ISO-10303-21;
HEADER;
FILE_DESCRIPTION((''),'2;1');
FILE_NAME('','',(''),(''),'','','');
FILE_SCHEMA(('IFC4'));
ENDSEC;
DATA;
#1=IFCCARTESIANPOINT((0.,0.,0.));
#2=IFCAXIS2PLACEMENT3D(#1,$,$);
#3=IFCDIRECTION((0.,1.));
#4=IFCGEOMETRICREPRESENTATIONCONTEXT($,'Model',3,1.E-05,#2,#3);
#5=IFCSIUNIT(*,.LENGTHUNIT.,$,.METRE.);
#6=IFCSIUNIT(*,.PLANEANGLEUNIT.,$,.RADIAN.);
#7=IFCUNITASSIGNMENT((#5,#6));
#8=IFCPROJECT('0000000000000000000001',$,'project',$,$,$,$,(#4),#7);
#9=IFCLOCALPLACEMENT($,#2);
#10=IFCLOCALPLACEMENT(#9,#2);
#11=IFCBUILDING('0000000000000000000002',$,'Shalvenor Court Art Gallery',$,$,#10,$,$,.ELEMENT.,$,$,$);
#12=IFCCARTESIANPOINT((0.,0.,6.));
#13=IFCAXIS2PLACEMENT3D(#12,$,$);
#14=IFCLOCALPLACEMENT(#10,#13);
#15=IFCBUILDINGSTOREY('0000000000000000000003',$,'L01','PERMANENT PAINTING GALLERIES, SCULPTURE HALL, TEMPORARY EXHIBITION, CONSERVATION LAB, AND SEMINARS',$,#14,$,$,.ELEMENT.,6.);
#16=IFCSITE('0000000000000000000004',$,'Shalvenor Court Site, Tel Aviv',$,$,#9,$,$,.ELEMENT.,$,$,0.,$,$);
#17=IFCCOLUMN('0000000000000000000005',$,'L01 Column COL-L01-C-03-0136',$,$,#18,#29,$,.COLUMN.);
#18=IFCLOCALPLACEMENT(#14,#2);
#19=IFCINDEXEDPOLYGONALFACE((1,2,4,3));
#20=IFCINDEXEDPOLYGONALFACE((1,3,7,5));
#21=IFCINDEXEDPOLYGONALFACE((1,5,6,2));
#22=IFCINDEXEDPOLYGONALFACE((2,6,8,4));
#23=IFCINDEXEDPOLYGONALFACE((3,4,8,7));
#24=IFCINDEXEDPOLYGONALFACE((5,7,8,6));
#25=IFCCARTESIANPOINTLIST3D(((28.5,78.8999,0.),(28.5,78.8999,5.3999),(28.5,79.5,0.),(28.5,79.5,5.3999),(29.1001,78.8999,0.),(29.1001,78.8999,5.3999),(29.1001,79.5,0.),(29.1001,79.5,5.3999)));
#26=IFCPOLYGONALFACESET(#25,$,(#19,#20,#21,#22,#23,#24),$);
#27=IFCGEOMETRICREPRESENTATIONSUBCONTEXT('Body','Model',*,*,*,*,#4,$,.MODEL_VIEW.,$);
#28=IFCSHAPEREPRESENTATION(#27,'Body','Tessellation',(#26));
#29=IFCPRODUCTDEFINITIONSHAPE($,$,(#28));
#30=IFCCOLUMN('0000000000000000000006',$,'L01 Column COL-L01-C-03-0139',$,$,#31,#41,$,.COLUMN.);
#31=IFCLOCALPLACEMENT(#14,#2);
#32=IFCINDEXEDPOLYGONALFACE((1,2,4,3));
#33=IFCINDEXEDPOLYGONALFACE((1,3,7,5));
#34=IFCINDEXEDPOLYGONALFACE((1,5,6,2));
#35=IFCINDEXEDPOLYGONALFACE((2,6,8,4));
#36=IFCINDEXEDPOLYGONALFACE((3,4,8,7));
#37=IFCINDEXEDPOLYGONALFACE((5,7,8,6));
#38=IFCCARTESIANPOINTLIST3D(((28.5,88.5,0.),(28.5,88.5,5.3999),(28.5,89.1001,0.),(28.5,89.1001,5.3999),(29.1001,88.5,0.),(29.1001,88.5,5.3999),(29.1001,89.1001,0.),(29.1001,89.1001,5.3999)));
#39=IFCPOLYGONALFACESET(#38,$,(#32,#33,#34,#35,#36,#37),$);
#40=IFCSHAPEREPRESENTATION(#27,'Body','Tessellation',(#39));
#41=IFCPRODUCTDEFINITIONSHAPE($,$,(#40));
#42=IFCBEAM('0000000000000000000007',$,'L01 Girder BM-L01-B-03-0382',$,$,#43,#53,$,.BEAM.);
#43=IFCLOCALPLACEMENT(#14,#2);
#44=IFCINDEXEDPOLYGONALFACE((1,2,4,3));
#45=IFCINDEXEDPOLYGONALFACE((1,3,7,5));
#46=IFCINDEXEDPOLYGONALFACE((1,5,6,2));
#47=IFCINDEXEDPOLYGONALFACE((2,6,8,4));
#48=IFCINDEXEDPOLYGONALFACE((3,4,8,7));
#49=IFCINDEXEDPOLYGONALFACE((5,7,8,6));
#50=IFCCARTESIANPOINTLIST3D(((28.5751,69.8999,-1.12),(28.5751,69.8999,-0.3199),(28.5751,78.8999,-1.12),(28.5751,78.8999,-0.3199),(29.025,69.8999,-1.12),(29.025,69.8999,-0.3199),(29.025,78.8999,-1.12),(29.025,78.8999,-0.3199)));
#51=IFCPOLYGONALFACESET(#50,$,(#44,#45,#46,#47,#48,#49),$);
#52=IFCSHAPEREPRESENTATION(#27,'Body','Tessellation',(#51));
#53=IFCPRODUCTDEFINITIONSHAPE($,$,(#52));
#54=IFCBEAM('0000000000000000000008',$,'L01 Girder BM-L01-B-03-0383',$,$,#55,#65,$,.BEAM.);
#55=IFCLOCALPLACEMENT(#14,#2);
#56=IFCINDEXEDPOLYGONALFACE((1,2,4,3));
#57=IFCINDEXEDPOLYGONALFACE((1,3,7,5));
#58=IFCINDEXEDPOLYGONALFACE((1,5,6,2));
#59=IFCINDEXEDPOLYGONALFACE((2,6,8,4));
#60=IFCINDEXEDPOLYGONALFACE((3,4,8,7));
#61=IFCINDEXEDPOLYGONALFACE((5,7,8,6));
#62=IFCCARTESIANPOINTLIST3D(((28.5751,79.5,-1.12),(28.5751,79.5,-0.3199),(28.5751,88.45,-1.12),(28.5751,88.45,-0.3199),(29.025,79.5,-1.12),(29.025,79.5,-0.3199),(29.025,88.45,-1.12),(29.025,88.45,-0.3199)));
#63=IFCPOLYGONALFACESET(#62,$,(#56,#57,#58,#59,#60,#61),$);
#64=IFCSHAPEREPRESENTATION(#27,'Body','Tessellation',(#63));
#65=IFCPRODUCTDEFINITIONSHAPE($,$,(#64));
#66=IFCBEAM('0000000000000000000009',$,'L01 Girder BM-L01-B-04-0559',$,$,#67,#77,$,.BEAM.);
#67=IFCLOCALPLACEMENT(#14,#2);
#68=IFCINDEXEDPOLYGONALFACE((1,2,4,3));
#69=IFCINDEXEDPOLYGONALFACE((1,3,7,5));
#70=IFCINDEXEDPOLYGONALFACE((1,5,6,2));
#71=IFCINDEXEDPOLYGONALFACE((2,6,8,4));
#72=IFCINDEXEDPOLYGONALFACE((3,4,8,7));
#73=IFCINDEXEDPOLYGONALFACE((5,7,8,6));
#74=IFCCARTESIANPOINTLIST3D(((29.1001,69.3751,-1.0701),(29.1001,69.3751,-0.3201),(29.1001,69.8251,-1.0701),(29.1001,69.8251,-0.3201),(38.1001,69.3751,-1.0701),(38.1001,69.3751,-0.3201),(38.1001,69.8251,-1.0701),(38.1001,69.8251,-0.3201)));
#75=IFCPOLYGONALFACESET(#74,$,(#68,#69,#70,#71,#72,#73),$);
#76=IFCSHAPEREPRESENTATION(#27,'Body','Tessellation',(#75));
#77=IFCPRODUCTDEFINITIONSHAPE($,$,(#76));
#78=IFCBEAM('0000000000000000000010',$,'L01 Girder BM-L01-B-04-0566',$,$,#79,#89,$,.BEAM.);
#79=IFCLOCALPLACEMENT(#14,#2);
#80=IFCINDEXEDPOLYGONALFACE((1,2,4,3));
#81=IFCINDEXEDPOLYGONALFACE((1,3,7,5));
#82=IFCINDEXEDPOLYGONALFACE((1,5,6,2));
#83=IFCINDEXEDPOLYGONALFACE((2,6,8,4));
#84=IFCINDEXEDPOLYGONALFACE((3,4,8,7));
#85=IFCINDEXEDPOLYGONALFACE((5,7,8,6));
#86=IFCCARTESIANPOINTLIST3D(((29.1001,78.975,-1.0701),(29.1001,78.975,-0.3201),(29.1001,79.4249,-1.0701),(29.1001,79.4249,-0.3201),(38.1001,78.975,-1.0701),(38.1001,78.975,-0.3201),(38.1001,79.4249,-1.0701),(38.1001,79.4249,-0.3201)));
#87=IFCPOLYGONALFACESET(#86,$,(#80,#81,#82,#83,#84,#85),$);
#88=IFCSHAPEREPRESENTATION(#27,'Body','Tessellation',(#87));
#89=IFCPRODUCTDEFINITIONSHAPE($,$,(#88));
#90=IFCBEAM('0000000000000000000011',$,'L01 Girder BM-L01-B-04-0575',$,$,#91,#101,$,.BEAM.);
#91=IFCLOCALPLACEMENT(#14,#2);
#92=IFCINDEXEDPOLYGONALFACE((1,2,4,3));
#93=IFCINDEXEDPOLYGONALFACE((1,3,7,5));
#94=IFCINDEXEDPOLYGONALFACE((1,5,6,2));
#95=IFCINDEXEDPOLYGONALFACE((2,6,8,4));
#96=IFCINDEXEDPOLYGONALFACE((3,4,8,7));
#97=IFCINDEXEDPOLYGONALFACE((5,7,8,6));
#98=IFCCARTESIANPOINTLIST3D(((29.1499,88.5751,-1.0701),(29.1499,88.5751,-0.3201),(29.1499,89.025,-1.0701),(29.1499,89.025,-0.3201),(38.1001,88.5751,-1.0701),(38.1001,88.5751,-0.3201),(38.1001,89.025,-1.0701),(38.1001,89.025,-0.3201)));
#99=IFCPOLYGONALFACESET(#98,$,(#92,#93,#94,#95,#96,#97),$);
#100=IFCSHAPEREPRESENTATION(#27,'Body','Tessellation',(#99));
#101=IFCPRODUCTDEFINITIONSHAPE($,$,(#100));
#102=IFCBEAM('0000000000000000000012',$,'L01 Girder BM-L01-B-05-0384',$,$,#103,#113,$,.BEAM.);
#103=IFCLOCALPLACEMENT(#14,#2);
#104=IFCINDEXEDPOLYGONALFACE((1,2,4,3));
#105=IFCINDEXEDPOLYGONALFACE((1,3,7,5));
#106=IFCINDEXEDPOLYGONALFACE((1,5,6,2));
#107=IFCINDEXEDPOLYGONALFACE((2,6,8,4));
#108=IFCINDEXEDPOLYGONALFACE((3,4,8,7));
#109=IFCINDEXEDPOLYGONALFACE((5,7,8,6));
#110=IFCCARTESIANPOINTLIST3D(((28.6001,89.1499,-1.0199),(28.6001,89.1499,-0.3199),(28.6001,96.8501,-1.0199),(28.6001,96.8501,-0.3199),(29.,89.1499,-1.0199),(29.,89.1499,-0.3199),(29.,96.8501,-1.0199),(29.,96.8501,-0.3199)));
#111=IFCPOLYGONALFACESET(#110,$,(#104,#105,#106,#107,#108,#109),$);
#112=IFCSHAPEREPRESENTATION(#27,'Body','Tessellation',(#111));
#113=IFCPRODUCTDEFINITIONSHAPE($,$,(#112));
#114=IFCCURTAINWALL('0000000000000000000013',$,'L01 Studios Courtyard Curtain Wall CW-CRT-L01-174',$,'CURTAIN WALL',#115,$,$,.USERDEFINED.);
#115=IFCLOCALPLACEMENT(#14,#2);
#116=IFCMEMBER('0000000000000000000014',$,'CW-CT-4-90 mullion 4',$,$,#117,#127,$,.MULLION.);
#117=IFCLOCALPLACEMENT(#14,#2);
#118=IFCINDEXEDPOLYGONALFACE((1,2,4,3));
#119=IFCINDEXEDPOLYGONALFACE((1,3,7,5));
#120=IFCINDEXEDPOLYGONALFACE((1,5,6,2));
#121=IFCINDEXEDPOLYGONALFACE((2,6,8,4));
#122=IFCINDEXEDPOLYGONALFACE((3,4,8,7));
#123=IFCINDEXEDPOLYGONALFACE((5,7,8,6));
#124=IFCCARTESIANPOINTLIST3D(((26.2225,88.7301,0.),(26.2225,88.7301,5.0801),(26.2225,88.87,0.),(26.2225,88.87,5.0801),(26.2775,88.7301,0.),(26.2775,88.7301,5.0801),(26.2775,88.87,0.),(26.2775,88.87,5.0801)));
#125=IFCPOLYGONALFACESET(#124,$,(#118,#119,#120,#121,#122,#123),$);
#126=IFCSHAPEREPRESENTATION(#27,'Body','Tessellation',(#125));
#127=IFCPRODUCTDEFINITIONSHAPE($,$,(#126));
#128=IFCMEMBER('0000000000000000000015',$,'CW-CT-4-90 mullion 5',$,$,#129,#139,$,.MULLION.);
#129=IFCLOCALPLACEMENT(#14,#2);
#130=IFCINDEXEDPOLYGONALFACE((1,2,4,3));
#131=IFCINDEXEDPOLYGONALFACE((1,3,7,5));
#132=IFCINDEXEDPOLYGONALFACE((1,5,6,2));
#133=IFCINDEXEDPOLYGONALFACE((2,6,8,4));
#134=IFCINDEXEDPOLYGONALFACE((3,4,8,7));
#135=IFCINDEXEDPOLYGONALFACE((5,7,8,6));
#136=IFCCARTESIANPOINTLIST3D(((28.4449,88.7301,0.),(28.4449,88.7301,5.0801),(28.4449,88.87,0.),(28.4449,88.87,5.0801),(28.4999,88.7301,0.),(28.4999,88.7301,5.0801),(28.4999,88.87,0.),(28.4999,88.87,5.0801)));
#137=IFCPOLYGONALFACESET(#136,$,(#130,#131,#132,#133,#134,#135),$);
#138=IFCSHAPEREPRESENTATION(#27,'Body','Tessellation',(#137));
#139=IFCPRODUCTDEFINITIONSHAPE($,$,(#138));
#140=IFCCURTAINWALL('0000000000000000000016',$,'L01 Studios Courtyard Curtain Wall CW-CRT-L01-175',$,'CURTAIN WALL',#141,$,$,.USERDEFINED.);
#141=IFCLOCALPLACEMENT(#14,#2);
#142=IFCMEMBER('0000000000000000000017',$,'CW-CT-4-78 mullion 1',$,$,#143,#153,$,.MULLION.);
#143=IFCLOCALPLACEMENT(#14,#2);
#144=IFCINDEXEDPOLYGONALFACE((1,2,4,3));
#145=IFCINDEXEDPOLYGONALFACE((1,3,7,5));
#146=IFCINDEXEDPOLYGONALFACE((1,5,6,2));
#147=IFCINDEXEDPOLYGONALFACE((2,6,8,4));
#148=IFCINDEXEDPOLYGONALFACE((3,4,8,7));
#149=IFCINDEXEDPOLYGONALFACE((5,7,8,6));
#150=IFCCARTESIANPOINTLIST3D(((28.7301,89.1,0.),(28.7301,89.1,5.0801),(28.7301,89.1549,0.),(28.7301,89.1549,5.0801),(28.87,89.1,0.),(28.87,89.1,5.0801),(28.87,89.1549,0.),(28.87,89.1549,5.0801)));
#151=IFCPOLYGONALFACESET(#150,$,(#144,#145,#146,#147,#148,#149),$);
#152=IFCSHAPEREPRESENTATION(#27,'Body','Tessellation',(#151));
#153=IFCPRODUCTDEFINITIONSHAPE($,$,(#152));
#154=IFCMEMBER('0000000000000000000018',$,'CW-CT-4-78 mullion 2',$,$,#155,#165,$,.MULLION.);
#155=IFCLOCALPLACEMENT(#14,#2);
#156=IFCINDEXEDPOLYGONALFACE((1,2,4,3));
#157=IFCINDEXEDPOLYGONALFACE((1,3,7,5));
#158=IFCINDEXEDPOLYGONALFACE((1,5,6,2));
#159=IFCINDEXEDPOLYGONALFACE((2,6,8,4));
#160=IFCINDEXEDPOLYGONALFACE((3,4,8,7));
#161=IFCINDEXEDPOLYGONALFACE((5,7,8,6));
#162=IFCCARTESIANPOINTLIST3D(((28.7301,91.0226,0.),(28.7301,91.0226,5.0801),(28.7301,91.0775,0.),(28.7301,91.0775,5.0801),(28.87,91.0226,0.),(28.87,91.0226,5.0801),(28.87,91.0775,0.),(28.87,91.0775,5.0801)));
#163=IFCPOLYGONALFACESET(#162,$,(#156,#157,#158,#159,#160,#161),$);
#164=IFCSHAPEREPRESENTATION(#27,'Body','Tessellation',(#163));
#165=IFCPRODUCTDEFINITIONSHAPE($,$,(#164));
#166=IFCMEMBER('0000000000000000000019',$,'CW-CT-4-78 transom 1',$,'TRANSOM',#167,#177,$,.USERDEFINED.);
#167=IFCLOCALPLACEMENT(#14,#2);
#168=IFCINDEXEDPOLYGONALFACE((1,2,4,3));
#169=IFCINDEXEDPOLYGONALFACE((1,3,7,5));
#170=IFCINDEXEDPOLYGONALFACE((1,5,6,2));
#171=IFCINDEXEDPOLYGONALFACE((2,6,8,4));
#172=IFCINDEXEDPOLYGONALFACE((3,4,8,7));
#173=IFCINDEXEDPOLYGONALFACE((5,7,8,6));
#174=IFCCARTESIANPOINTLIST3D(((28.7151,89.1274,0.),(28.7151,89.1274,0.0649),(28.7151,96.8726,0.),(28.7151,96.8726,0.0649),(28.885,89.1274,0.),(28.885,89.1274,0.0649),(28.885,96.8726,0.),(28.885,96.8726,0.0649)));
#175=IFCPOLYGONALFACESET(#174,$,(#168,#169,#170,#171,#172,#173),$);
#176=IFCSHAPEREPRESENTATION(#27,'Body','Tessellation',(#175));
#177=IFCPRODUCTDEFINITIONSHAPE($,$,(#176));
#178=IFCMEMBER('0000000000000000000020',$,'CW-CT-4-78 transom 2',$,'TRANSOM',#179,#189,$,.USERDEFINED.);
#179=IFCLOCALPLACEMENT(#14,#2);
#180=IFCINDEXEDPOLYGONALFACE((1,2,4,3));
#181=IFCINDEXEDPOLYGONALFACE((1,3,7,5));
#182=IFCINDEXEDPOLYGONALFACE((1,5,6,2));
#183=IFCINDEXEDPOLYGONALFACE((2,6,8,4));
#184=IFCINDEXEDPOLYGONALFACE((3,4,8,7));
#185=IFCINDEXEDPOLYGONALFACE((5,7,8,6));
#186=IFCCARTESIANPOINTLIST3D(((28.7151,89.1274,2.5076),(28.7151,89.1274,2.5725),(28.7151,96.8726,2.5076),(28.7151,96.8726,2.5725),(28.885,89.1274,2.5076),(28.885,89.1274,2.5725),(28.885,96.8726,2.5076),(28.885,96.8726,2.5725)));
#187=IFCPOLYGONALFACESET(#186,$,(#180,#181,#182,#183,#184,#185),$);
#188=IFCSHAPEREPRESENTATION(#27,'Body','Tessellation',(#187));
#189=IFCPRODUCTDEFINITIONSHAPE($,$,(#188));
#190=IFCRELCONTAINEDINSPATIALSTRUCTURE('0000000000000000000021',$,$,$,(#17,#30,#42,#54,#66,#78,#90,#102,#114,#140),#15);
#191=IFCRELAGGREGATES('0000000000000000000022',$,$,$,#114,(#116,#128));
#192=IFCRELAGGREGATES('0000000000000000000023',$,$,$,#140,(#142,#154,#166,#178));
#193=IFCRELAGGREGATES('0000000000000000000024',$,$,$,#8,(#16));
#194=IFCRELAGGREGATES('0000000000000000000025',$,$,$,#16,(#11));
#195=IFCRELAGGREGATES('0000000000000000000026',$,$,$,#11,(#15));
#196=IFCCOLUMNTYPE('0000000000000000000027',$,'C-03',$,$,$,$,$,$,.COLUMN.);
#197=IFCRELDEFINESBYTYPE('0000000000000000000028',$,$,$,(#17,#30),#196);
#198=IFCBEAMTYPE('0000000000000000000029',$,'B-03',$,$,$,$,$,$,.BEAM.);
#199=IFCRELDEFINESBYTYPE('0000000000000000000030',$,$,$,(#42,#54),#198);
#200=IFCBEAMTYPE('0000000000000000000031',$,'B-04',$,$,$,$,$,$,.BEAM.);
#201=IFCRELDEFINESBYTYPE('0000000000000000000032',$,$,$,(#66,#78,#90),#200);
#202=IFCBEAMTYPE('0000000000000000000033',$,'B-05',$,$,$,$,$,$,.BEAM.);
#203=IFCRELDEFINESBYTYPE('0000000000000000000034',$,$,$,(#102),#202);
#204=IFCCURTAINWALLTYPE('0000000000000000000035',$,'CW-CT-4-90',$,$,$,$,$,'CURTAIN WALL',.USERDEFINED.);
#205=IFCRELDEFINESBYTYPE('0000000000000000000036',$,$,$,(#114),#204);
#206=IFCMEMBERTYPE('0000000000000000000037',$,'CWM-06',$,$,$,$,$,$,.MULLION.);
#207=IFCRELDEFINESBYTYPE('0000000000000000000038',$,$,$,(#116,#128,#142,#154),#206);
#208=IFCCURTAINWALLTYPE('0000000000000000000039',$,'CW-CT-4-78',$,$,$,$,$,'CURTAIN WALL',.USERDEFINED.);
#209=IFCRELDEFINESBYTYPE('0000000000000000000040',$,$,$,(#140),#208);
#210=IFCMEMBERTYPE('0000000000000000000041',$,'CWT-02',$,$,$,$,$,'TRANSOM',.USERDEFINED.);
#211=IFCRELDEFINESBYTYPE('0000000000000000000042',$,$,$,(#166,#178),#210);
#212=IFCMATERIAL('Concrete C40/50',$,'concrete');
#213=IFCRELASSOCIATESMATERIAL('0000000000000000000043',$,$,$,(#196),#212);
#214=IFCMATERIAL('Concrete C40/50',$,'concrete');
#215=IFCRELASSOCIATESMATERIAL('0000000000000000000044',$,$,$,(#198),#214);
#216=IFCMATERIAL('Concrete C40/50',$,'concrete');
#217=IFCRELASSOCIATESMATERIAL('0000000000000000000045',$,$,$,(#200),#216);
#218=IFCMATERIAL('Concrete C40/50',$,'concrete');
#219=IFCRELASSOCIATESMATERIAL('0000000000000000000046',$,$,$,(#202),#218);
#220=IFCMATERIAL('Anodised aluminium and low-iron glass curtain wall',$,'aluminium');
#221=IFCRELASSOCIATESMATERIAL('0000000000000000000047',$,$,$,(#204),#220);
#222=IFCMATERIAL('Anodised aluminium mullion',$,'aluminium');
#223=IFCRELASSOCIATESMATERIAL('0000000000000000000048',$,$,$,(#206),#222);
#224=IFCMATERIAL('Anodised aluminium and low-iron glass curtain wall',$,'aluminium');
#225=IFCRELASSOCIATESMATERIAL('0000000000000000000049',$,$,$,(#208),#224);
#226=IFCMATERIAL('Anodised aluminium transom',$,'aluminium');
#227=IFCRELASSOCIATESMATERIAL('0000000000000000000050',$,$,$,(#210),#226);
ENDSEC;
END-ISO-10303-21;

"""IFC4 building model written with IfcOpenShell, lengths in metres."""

from ifc_helpers import new_model, si_unit, direction, frame, origin, origin_2d, place, context, subcontext, project, spatial, rectangle, extrude, material, material_profile, profile_set, type_object, element, aggregate, save


model = new_model("IFC4")

# Units and contexts
model_context = context("Model", 3, precision=1e-05, world=origin(), true_north=direction((0.0, 1.0)))
body_context = subcontext(model_context, "Body", "Model", "MODEL_VIEW")
ifc_project = project(units=[si_unit("LENGTHUNIT", "METRE"), si_unit("PLANEANGLEUNIT", "RADIAN")], contexts=[model_context])

# Site, building, storey
site_placement = place(None, origin())
site = spatial("IfcSite", under=ifc_project, at=site_placement, Name="Shalvenor Court Site, Tel Aviv", CompositionType="ELEMENT", RefElevation=0.0)
building_placement = place(site_placement, origin())
building = spatial("IfcBuilding", under=site, at=building_placement, Name="Shalvenor Court Art Gallery", CompositionType="ELEMENT")
storey_placement = place(building_placement, frame((0.0, 0.0, 6.0)))
storey = spatial("IfcBuildingStorey", under=building, at=storey_placement, Name="L01", Description="PERMANENT PAINTING GALLERIES, SCULPTURE HALL, TEMPORARY EXHIBITION, CONSERVATION LAB, AND SEMINARS", CompositionType="ELEMENT", Elevation=6.0)

# Columns
ifc_material_1 = material(Name="Concrete C40/50", Category="concrete")
ifc_material_profile_1 = material_profile(ifc_material_1, rectangle(XDim=0.6001, YDim=0.6001, at=origin_2d()), Name="RC 600x600")
ifc_profile_set_1 = profile_set([ifc_material_profile_1], Name="Concrete C40/50")
column_type = type_object("IfcColumnType", Name="C-03", PredefinedType="COLUMN", material=ifc_profile_set_1)
for number, where, z_axis, x_axis, name in (
    (1, (28.8, 79.2, 0.0), (0.0, 0.0, 1.0), (1.0, 0.0, 0.0), "L01 Column COL-L01-C-03-0136"),
    (2, (28.8, 88.8, 0.0), (0.0, 0.0, 1.0), (1.0, 0.0, 0.0), "L01 Column COL-L01-C-03-0139"),
):
    element("IfcColumn", number, at=place(storey_placement, frame(where, z_axis=z_axis, x_axis=x_axis)), inside=storey, type_object=column_type, Name=name, PredefinedType="COLUMN", context=body_context, shape_type="SweptSolid", body=[
        extrude(rectangle(XDim=0.6001, YDim=0.6001, at=origin_2d()), origin(), (0.0, 0.0, 1.0), 5.3999),
    ])

# Beams
ifc_material_2 = material(Name="Concrete C40/50", Category="concrete")
ifc_material_profile_2 = material_profile(ifc_material_2, rectangle(XDim=0.45, YDim=0.8, at=origin_2d()), Name="RC 450x800")
ifc_profile_set_2 = profile_set([ifc_material_profile_2], Name="Concrete C40/50")
beam_type_1 = type_object("IfcBeamType", Name="B-03", PredefinedType="BEAM", material=ifc_profile_set_2)
beam_1_placement = place(storey_placement, frame((28.8, 69.8999, -0.72), z_axis=(0.0, 1.0, 0.0), x_axis=(-1.0, 0.0, 0.0)))
element("IfcBeam", 3, at=beam_1_placement, inside=storey, type_object=beam_type_1, Name="L01 Girder BM-L01-B-03-0382", PredefinedType="BEAM", context=body_context, shape_type="SweptSolid", body=[
    extrude(rectangle(XDim=0.45, YDim=0.8, at=origin_2d()), origin(), (0.0, 0.0, 1.0), 9.0),
])
beam_2_placement = place(storey_placement, frame((28.8, 79.5, -0.72), z_axis=(0.0, 1.0, 0.0), x_axis=(-1.0, 0.0, 0.0)))
element("IfcBeam", 4, at=beam_2_placement, inside=storey, type_object=beam_type_1, Name="L01 Girder BM-L01-B-03-0383", PredefinedType="BEAM", context=body_context, shape_type="SweptSolid", body=[
    extrude(rectangle(XDim=0.45, YDim=0.8, at=origin_2d()), origin(), (0.0, 0.0, 1.0), 8.95),
])
ifc_material_3 = material(Name="Concrete C40/50", Category="concrete")
ifc_material_profile_3 = material_profile(ifc_material_3, rectangle(XDim=0.45, YDim=0.75, at=origin_2d()), Name="RC 450x750")
ifc_profile_set_3 = profile_set([ifc_material_profile_3], Name="Concrete C40/50")
beam_type_2 = type_object("IfcBeamType", Name="B-04", PredefinedType="BEAM", material=ifc_profile_set_3)
for number, where, z_axis, x_axis, name in (
    (5, (29.1001, 69.6001, -0.6951), (1.0, 0.0, 0.0), (0.0, 1.0, 0.0), "L01 Girder BM-L01-B-04-0559"),
    (6, (29.1001, 79.2, -0.6951), (1.0, 0.0, 0.0), (0.0, 1.0, 0.0), "L01 Girder BM-L01-B-04-0566"),
):
    element("IfcBeam", number, at=place(storey_placement, frame(where, z_axis=z_axis, x_axis=x_axis)), inside=storey, type_object=beam_type_2, Name=name, PredefinedType="BEAM", context=body_context, shape_type="SweptSolid", body=[
        extrude(rectangle(XDim=0.45, YDim=0.75, at=origin_2d()), origin(), (0.0, 0.0, 1.0), 9.0),
    ])
beam_3_placement = place(storey_placement, frame((29.1499, 88.8, -0.6951), z_axis=(1.0, 0.0, 0.0), x_axis=(0.0, 1.0, 0.0)))
element("IfcBeam", 7, at=beam_3_placement, inside=storey, type_object=beam_type_2, Name="L01 Girder BM-L01-B-04-0575", PredefinedType="BEAM", context=body_context, shape_type="SweptSolid", body=[
    extrude(rectangle(XDim=0.45, YDim=0.75, at=origin_2d()), origin(), (0.0, 0.0, 1.0), 8.9502),
])
ifc_material_4 = material(Name="Concrete C40/50", Category="concrete")
ifc_material_profile_4 = material_profile(ifc_material_4, rectangle(XDim=0.3999, YDim=0.7, at=origin_2d()), Name="RC 400x700")
ifc_profile_set_4 = profile_set([ifc_material_profile_4], Name="Concrete C40/50")
beam_type_3 = type_object("IfcBeamType", Name="B-05", PredefinedType="BEAM", material=ifc_profile_set_4)
beam_4_placement = place(storey_placement, frame((28.8, 89.1499, -0.6699), z_axis=(0.0, 1.0, 0.0), x_axis=(-1.0, 0.0, 0.0)))
element("IfcBeam", 8, at=beam_4_placement, inside=storey, type_object=beam_type_3, Name="L01 Girder BM-L01-B-05-0384", PredefinedType="BEAM", context=body_context, shape_type="SweptSolid", body=[
    extrude(rectangle(XDim=0.3999, YDim=0.7, at=origin_2d()), origin(), (0.0, 0.0, 1.0), 7.7002),
])

# Curtain walls, members
ifc_material_5 = material(Name="Anodised aluminium and low-iron glass curtain wall", Category="aluminium")
curtain_wall_type_1 = type_object("IfcCurtainWallType", Name="CW-CT-4-90", ElementType="CURTAIN WALL", PredefinedType="USERDEFINED", material=ifc_material_5)
curtain_wall_1_placement = place(storey_placement, origin())
curtain_wall_1 = element("IfcCurtainWall", 9, at=curtain_wall_1_placement, inside=storey, type_object=curtain_wall_type_1, Name="L01 Studios Courtyard Curtain Wall CW-CRT-L01-174", ObjectType="CURTAIN WALL", PredefinedType="USERDEFINED")
ifc_material_6 = material(Name="Anodised aluminium mullion", Category="aluminium")
ifc_material_profile_5 = material_profile(ifc_material_6, rectangle(XDim=0.0549, YDim=0.1399, at=origin_2d()), Name="CWM-06")
ifc_profile_set_5 = profile_set([ifc_material_profile_5], Name="Anodised aluminium mullion")
member_type_1 = type_object("IfcMemberType", Name="CWM-06", PredefinedType="MULLION", material=ifc_profile_set_5)
member_1_placement = place(storey_placement, frame((26.25, 88.8, 0.0), z_axis=(0.0, 0.0, 1.0), x_axis=(1.0, 0.0, 0.0)))
member_1 = element("IfcMember", 10, at=member_1_placement, type_object=member_type_1, Name="CW-CT-4-90 mullion 4", PredefinedType="MULLION", context=body_context, shape_type="SweptSolid", body=[
    extrude(rectangle(XDim=0.0549, YDim=0.1399, at=origin_2d()), origin(), (0.0, 0.0, 1.0), 5.0801),
])
member_2_placement = place(storey_placement, frame((28.4724, 88.8, 0.0), z_axis=(0.0, 0.0, 1.0), x_axis=(1.0, 0.0, 0.0)))
member_2 = element("IfcMember", 11, at=member_2_placement, type_object=member_type_1, Name="CW-CT-4-90 mullion 5", PredefinedType="MULLION", context=body_context, shape_type="SweptSolid", body=[
    extrude(rectangle(XDim=0.0549, YDim=0.1399, at=origin_2d()), origin(), (0.0, 0.0, 1.0), 5.0801),
])
ifc_material_7 = material(Name="Anodised aluminium and low-iron glass curtain wall", Category="aluminium")
curtain_wall_type_2 = type_object("IfcCurtainWallType", Name="CW-CT-4-78", ElementType="CURTAIN WALL", PredefinedType="USERDEFINED", material=ifc_material_7)
curtain_wall_2_placement = place(storey_placement, origin())
curtain_wall_2 = element("IfcCurtainWall", 12, at=curtain_wall_2_placement, inside=storey, type_object=curtain_wall_type_2, Name="L01 Studios Courtyard Curtain Wall CW-CRT-L01-175", ObjectType="CURTAIN WALL", PredefinedType="USERDEFINED")
member_3_placement = place(storey_placement, frame((28.8, 89.1274, 0.0), z_axis=(0.0, 0.0, 1.0), x_axis=(0.0, 1.0, 0.0)))
member_3 = element("IfcMember", 13, at=member_3_placement, type_object=member_type_1, Name="CW-CT-4-78 mullion 1", PredefinedType="MULLION", context=body_context, shape_type="SweptSolid", body=[
    extrude(rectangle(XDim=0.0549, YDim=0.1399, at=origin_2d()), origin(), (0.0, 0.0, 1.0), 5.0801),
])
member_4_placement = place(storey_placement, frame((28.8, 91.05, 0.0), z_axis=(0.0, 0.0, 1.0), x_axis=(0.0, 1.0, 0.0)))
member_4 = element("IfcMember", 14, at=member_4_placement, type_object=member_type_1, Name="CW-CT-4-78 mullion 2", PredefinedType="MULLION", context=body_context, shape_type="SweptSolid", body=[
    extrude(rectangle(XDim=0.0549, YDim=0.1399, at=origin_2d()), origin(), (0.0, 0.0, 1.0), 5.0801),
])
ifc_material_8 = material(Name="Anodised aluminium transom", Category="aluminium")
ifc_material_profile_6 = material_profile(ifc_material_8, rectangle(XDim=0.1699, YDim=0.0649, at=origin_2d()), Name="CWT-02")
ifc_profile_set_6 = profile_set([ifc_material_profile_6], Name="Anodised aluminium transom")
member_type_2 = type_object("IfcMemberType", Name="CWT-02", ElementType="TRANSOM", PredefinedType="USERDEFINED", material=ifc_profile_set_6)
member_5_placement = place(storey_placement, frame((28.8, 89.1274, 0.0325), z_axis=(0.0, 1.0, 0.0), x_axis=(-1.0, 0.0, 0.0)))
member_5 = element("IfcMember", 15, at=member_5_placement, type_object=member_type_2, Name="CW-CT-4-78 transom 1", ObjectType="TRANSOM", PredefinedType="USERDEFINED", context=body_context, shape_type="SweptSolid", body=[
    extrude(rectangle(XDim=0.1699, YDim=0.0649, at=origin_2d()), origin(), (0.0, 0.0, 1.0), 7.7451),
])
member_6_placement = place(storey_placement, frame((28.8, 89.1274, 2.54), z_axis=(0.0, 1.0, 0.0), x_axis=(-1.0, 0.0, 0.0)))
member_6 = element("IfcMember", 16, at=member_6_placement, type_object=member_type_2, Name="CW-CT-4-78 transom 2", ObjectType="TRANSOM", PredefinedType="USERDEFINED", context=body_context, shape_type="SweptSolid", body=[
    extrude(rectangle(XDim=0.1699, YDim=0.0649, at=origin_2d()), origin(), (0.0, 0.0, 1.0), 7.7451),
])

aggregate(curtain_wall_1, [member_1, member_2])
aggregate(curtain_wall_2, [member_3, member_4, member_5, member_6])

save(model, "model.ifc")
